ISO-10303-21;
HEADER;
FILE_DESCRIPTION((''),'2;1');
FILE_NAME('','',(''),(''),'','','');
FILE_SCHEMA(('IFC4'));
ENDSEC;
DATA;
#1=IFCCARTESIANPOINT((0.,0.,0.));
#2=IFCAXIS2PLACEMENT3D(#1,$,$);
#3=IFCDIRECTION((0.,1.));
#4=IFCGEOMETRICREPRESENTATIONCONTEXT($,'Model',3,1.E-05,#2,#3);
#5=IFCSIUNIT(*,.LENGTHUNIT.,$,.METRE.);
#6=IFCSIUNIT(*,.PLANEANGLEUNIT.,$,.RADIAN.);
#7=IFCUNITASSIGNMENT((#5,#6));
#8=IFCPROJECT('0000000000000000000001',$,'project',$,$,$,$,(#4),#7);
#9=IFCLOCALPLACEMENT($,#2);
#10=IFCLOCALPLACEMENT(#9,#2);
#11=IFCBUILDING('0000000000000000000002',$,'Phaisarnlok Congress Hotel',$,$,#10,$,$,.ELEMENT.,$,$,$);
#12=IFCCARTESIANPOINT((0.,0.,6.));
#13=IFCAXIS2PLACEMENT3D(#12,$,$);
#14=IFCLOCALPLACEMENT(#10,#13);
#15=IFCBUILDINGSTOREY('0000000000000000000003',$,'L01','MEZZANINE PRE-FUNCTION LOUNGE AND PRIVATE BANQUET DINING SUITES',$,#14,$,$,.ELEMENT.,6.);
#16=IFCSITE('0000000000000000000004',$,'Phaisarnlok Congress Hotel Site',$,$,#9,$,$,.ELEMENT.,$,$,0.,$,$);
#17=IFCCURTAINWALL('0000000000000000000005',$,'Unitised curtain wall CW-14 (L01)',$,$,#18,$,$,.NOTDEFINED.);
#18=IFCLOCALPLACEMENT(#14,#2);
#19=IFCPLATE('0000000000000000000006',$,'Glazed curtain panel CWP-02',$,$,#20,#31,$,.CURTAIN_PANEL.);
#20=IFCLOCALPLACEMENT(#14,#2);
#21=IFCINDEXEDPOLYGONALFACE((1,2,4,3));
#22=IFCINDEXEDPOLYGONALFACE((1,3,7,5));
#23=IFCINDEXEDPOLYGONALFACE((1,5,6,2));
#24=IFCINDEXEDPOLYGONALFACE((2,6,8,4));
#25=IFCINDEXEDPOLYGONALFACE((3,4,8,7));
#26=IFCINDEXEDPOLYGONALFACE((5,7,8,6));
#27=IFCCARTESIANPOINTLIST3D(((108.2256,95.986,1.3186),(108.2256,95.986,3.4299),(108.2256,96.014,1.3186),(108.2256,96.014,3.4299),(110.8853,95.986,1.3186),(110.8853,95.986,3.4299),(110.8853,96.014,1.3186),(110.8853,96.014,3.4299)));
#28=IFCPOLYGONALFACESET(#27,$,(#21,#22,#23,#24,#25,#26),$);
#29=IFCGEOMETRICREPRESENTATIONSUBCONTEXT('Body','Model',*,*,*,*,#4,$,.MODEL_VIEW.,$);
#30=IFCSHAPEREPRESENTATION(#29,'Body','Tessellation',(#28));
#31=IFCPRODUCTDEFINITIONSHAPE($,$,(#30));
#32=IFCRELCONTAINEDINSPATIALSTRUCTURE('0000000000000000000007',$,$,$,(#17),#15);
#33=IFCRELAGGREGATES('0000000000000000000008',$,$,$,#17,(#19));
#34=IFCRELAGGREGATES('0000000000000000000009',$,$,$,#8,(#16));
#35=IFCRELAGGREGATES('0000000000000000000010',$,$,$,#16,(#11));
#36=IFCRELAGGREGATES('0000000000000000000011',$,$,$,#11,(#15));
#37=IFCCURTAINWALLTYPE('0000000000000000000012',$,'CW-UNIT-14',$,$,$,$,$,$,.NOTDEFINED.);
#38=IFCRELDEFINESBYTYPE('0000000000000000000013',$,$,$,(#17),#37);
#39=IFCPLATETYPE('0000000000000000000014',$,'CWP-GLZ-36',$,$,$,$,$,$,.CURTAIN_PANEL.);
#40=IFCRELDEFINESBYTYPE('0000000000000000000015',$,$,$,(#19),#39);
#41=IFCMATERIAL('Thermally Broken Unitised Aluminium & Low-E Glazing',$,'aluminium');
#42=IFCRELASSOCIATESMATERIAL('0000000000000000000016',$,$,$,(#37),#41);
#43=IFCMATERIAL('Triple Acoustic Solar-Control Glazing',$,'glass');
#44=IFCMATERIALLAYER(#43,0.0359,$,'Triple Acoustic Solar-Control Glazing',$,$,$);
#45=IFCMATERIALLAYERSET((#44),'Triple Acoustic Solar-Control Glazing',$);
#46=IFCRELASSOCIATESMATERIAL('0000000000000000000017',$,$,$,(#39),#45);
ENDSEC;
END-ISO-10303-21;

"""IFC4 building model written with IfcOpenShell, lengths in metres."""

from ifc_helpers import new_model, si_unit, direction, frame, frame_2d, origin, place, context, subcontext, project, spatial, rectangle, extrude, material, layer, layer_set, type_object, element, aggregate, save


model = new_model("IFC4")

# Units and contexts
model_context = context("Model", 3, precision=1e-05, world=origin(), true_north=direction((0.0, 1.0)))
body_context = subcontext(model_context, "Body", "Model", "MODEL_VIEW")
ifc_project = project(units=[si_unit("LENGTHUNIT", "METRE"), si_unit("PLANEANGLEUNIT", "RADIAN")], contexts=[model_context])

# Site, building, storey
site_placement = place(None, origin())
site = spatial("IfcSite", under=ifc_project, at=site_placement, Name="Phaisarnlok Congress Hotel Site", CompositionType="ELEMENT", RefElevation=0.0)
building_placement = place(site_placement, origin())
building = spatial("IfcBuilding", under=site, at=building_placement, Name="Phaisarnlok Congress Hotel", CompositionType="ELEMENT")
storey_placement = place(building_placement, frame((0.0, 0.0, 6.0)))
storey = spatial("IfcBuildingStorey", under=building, at=storey_placement, Name="L01", Description="MEZZANINE PRE-FUNCTION LOUNGE AND PRIVATE BANQUET DINING SUITES", CompositionType="ELEMENT", Elevation=6.0)

# Curtain wall
ifc_material_1 = material(Name="Thermally Broken Unitised Aluminium & Low-E Glazing", Category="aluminium")
curtain_wall_type_1 = type_object("IfcCurtainWallType", Name="CW-UNIT-14", PredefinedType="NOTDEFINED", material=ifc_material_1)
curtain_wall_1_placement = place(storey_placement, origin())
curtain_wall_1 = element("IfcCurtainWall", 1, at=curtain_wall_1_placement, inside=storey, type_object=curtain_wall_type_1, Name="Unitised curtain wall CW-14 (L01)", PredefinedType="NOTDEFINED")

# Plate
ifc_material_2 = material(Name="Triple Acoustic Solar-Control Glazing", Category="glass")
ifc_layer = layer(ifc_material_2, 0.0359, Name="Triple Acoustic Solar-Control Glazing")
ifc_layer_set = layer_set([ifc_layer], Name="Triple Acoustic Solar-Control Glazing")
plate_type = type_object("IfcPlateType", Name="CWP-GLZ-36", PredefinedType="CURTAIN_PANEL", material=ifc_layer_set)
plate_1_placement = place(storey_placement, frame((110.8853, 96.0, 1.3186), z_axis=(0.0, 0.0, 1.0), x_axis=(-1.0, 0.0, 0.0)))
plate_1 = element("IfcPlate", 2, at=plate_1_placement, type_object=plate_type, Name="Glazed curtain panel CWP-02", PredefinedType="CURTAIN_PANEL", context=body_context, shape_type="SweptSolid", body=[
    extrude(rectangle(XDim=2.6597, YDim=0.0281, at=frame_2d((1.3298, 0.0))), origin(), (0.0, 0.0, 1.0), 2.1113),
])
aggregate(curtain_wall_1, [plate_1])

save(model, "model.ifc")
